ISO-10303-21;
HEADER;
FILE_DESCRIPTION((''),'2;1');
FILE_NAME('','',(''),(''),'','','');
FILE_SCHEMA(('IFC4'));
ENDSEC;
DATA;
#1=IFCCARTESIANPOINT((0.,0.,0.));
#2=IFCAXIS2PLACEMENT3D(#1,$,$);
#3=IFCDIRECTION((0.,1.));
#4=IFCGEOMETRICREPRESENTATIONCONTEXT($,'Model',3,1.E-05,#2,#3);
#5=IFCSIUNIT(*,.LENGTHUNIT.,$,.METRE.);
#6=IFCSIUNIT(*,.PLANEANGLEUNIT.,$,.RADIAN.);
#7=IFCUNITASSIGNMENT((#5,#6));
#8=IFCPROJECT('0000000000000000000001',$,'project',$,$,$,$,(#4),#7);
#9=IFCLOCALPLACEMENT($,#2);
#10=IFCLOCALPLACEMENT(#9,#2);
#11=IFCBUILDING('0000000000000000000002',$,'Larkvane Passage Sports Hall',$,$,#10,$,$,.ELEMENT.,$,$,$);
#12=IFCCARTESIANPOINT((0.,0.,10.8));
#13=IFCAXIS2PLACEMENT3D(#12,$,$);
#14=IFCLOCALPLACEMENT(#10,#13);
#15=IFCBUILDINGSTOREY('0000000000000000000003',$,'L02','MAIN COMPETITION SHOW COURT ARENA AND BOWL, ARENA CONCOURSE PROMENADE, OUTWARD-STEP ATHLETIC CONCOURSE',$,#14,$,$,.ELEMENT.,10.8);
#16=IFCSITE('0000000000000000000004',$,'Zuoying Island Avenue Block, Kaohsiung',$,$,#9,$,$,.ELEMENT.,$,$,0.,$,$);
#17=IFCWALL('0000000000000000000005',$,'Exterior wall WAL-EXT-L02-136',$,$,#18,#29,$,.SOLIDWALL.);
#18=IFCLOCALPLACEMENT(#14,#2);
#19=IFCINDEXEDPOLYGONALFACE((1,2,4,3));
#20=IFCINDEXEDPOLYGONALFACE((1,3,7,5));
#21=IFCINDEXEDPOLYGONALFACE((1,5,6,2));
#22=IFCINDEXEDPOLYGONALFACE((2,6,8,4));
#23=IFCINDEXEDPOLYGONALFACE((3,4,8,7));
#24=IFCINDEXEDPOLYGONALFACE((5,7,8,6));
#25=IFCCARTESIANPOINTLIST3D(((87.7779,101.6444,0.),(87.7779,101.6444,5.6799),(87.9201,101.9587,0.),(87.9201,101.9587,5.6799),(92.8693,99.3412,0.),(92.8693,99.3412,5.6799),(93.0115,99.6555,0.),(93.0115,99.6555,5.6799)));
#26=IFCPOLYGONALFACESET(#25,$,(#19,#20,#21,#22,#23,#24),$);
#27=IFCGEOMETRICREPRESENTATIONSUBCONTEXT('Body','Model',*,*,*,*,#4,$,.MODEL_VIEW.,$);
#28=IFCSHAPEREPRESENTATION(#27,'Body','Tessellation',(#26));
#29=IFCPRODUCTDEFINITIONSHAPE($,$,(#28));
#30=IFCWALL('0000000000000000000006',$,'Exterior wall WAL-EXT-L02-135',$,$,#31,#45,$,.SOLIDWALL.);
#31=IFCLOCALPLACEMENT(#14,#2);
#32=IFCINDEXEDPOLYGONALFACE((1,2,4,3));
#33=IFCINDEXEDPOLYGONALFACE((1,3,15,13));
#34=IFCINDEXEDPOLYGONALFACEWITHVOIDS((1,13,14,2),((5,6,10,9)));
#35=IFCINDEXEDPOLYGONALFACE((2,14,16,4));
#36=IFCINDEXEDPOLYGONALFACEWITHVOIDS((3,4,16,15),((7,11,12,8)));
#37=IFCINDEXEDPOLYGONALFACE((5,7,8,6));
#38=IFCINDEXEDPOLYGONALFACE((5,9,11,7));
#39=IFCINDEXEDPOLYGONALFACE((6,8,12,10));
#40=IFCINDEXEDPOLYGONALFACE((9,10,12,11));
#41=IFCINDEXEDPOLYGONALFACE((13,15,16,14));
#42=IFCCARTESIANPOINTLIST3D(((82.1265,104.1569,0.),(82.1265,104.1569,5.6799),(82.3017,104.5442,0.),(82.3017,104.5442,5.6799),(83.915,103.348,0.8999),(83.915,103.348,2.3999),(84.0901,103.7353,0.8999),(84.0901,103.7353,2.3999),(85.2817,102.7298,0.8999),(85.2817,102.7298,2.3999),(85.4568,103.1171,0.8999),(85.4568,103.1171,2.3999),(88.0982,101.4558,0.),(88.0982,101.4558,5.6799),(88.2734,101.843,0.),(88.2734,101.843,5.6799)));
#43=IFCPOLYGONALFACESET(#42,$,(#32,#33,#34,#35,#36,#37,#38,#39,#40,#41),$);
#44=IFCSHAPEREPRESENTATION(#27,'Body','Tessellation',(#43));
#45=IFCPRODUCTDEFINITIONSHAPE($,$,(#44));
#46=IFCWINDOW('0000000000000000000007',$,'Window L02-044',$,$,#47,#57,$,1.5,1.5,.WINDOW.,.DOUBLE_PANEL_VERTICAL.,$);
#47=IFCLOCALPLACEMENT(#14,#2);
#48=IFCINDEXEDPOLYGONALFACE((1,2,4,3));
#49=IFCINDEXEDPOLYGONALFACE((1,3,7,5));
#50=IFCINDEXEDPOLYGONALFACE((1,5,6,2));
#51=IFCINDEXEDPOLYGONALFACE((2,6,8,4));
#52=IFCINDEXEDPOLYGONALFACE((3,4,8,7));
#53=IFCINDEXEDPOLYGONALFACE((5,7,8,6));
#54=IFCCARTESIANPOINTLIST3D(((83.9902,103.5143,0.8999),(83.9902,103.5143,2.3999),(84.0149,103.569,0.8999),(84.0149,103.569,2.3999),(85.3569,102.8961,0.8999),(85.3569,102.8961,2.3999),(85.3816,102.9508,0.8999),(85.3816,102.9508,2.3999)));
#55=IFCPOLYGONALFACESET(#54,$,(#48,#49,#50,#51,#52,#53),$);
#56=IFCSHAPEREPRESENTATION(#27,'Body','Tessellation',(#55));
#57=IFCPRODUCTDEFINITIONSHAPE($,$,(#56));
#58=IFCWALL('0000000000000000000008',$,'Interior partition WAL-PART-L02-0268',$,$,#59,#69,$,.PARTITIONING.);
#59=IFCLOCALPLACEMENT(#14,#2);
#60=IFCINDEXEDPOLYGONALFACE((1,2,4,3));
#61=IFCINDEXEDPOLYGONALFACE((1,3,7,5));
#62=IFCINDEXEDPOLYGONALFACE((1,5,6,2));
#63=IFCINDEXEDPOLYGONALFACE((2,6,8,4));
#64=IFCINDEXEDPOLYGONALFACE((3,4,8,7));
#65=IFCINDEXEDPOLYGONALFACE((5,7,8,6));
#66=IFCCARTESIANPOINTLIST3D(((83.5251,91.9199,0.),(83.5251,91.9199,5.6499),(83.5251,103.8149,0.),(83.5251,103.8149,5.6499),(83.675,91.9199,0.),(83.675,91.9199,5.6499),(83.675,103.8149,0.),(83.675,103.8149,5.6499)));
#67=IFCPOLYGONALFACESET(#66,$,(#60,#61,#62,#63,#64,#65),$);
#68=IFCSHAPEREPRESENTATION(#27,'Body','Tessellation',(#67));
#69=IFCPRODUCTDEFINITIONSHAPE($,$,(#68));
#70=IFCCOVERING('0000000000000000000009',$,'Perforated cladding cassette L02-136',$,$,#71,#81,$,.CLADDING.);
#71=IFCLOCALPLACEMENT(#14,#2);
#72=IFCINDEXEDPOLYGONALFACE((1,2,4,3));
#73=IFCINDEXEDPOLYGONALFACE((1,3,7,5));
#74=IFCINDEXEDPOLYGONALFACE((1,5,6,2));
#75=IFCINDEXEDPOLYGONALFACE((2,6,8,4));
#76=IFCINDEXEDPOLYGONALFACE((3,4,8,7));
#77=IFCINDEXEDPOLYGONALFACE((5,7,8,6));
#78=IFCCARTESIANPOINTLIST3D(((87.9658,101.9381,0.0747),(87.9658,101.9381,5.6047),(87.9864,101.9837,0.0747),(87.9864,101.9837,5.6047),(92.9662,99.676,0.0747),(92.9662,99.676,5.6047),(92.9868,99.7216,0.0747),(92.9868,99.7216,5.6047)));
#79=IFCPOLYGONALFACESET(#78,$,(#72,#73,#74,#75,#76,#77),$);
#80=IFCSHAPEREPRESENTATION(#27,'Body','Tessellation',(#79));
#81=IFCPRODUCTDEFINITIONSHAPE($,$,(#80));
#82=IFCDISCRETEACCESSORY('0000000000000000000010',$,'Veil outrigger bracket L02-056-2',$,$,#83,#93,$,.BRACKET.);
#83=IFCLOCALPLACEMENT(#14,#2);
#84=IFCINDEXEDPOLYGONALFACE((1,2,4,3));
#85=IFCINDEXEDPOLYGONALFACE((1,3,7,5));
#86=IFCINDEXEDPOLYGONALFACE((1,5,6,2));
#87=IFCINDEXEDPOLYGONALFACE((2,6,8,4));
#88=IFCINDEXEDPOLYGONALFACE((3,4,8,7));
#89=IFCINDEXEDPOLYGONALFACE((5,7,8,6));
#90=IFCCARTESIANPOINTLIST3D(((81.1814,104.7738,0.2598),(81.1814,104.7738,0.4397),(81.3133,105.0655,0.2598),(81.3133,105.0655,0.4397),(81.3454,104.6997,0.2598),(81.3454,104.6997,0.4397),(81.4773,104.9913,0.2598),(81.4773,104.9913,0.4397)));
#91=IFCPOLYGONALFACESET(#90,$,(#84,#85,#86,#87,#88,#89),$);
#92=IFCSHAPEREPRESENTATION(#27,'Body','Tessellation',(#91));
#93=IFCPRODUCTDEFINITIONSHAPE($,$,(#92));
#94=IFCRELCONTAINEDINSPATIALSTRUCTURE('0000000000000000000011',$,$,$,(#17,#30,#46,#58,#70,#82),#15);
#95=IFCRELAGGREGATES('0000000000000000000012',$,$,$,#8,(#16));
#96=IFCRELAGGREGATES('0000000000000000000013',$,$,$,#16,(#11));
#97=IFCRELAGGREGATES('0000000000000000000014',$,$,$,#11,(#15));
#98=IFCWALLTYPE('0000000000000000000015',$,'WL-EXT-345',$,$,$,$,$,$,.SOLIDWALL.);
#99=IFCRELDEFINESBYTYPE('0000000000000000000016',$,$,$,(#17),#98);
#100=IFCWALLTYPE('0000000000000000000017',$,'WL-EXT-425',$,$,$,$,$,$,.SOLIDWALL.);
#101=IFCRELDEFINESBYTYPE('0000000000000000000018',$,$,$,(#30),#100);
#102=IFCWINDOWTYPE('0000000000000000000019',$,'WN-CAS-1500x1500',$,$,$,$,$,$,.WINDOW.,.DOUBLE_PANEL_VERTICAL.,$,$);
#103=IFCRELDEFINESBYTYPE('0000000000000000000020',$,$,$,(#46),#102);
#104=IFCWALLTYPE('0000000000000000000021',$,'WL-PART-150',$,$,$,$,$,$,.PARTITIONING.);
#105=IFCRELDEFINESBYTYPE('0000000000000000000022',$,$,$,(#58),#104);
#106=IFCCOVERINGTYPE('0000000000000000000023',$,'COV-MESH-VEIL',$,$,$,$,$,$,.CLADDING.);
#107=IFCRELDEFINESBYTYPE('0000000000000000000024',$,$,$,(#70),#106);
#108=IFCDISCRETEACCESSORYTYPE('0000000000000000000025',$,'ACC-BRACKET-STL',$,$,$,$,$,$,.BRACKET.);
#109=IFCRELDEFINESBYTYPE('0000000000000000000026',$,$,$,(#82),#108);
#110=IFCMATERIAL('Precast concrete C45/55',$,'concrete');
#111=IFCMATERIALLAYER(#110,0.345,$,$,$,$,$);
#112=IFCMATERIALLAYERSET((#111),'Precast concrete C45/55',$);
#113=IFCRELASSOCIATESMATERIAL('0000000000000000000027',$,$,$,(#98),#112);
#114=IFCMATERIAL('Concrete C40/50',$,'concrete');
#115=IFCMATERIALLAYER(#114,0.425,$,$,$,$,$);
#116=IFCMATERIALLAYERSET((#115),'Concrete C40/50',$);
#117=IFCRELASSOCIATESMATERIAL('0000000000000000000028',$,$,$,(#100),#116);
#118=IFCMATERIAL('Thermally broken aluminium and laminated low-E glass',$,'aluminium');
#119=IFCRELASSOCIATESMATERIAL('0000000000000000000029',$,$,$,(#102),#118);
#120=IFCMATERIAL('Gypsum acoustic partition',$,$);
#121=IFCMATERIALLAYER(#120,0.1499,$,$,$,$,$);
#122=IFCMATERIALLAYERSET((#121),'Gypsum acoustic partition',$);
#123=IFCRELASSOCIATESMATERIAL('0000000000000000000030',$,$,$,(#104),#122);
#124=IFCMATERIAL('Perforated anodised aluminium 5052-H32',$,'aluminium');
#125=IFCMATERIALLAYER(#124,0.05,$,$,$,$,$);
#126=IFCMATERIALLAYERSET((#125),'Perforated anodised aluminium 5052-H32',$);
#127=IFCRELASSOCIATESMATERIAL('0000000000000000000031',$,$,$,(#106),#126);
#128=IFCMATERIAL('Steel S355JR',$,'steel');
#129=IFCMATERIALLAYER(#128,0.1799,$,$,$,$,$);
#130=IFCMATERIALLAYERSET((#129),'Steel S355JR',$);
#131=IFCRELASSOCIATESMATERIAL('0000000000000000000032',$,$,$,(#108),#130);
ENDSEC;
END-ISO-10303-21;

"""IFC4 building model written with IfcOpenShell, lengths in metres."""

from ifc_helpers import new_model, si_unit, direction, frame, frame_2d, origin, origin_2d, place, context, subcontext, project, spatial, rectangle, extrude, material, layer, layer_set, type_object, element, fill, save


model = new_model("IFC4")

# Units and contexts
model_context = context("Model", 3, precision=1e-05, world=origin(), true_north=direction((0.0, 1.0)))
body_context = subcontext(model_context, "Body", "Model", "MODEL_VIEW")
ifc_project = project(units=[si_unit("LENGTHUNIT", "METRE"), si_unit("PLANEANGLEUNIT", "RADIAN")], contexts=[model_context])

# Site, building, storey
site_placement = place(None, origin())
site = spatial("IfcSite", under=ifc_project, at=site_placement, Name="Zuoying Island Avenue Block, Kaohsiung", CompositionType="ELEMENT", RefElevation=0.0)
building_placement = place(site_placement, origin())
building = spatial("IfcBuilding", under=site, at=building_placement, Name="Larkvane Passage Sports Hall", CompositionType="ELEMENT")
storey_placement = place(building_placement, frame((0.0, 0.0, 10.8)))
storey = spatial("IfcBuildingStorey", under=building, at=storey_placement, Name="L02", Description="MAIN COMPETITION SHOW COURT ARENA AND BOWL, ARENA CONCOURSE PROMENADE, OUTWARD-STEP ATHLETIC CONCOURSE", CompositionType="ELEMENT", Elevation=10.8)

# Shared definitions
ifc_material_1 = material(Name="Steel S355JR", Category="steel")

# Wall
ifc_material_2 = material(Name="Precast concrete C45/55", Category="concrete")
ifc_layer_1 = layer(ifc_material_2, 0.345)
ifc_layer_set_1 = layer_set([ifc_layer_1], Name="Precast concrete C45/55")
wall_type_1 = type_object("IfcWallType", Name="WL-EXT-345", PredefinedType="SOLIDWALL", material=ifc_layer_set_1)
wall_1_placement = place(storey_placement, frame((87.8491, 101.8015, 0.0), z_axis=(0.0, 0.0, 1.0), x_axis=(0.911107, -0.41217, 0.0)))
element("IfcWall", 1, at=wall_1_placement, inside=storey, type_object=wall_type_1, Name="Exterior wall WAL-EXT-L02-136", PredefinedType="SOLIDWALL", context=body_context, shape_type="SweptSolid", body=[
    extrude(rectangle(XDim=5.5881, YDim=0.345, at=frame_2d((2.7939, 0.0))), origin(), (0.0, 0.0, 1.0), 5.6799),
])

# Wall, opening, window
ifc_material_3 = material(Name="Concrete C40/50", Category="concrete")
ifc_layer_2 = layer(ifc_material_3, 0.425)
ifc_layer_set_2 = layer_set([ifc_layer_2], Name="Concrete C40/50")
wall_type_2 = type_object("IfcWallType", Name="WL-EXT-425", PredefinedType="SOLIDWALL", material=ifc_layer_set_2)
wall_2_placement = place(storey_placement, frame((82.2141, 104.3506, 0.0), z_axis=(0.0, 0.0, 1.0), x_axis=(0.911125, -0.41213, 0.0)))
wall_2 = element("IfcWall", 2, at=wall_2_placement, inside=storey, type_object=wall_type_2, Name="Exterior wall WAL-EXT-L02-135", PredefinedType="SOLIDWALL", context=body_context, shape_type="SweptSolid", body=[
    extrude(rectangle(XDim=6.5542, YDim=0.425, at=frame_2d((3.2771, 0.0))), origin(), (0.0, 0.0, 1.0), 5.6799),
])
opening_placement = place(wall_2_placement, frame((1.9629, 0.0, 0.8999)))
opening = element("IfcOpeningElement", 3, at=opening_placement, cuts=wall_2, PredefinedType="OPENING", context=body_context, shape_type="SweptSolid", body=[
    extrude(rectangle(XDim=1.5, YDim=1.5, at=frame_2d((0.75, 0.75))), frame((0.0, 0.2224, 0.0), z_axis=(0.0, -1.0, 0.0), x_axis=(1.0, 0.0, 0.0)), (0.0, 0.0, 1.0), 0.4451),
])
ifc_material_4 = material(Name="Thermally broken aluminium and laminated low-E glass", Category="aluminium")
window_type = type_object("IfcWindowType", Name="WN-CAS-1500x1500", PartitioningType="DOUBLE_PANEL_VERTICAL", PredefinedType="WINDOW", material=ifc_material_4)
window_placement = place(opening_placement, origin())
window = element("IfcWindow", 4, at=window_placement, inside=storey, type_object=window_type, Name="Window L02-044", OverallHeight=1.5, OverallWidth=1.5, PartitioningType="DOUBLE_PANEL_VERTICAL", PredefinedType="WINDOW", context=body_context, shape_type="SweptSolid", body=[
    extrude(rectangle(XDim=1.5, YDim=1.5, at=frame_2d((0.75, 0.75))), frame((0.0, 0.03, 0.0), z_axis=(0.0, -1.0, 0.0), x_axis=(1.0, 0.0, 0.0)), (0.0, 0.0, 1.0), 0.0601),
])
fill(opening, window)

# Wall
ifc_material_5 = material(Name="Gypsum acoustic partition")
ifc_layer_3 = layer(ifc_material_5, 0.1499)
ifc_layer_set_3 = layer_set([ifc_layer_3], Name="Gypsum acoustic partition")
wall_type_3 = type_object("IfcWallType", Name="WL-PART-150", PredefinedType="PARTITIONING", material=ifc_layer_set_3)
wall_3_placement = place(storey_placement, frame((83.6001, 103.8149, 0.0), z_axis=(0.0, 0.0, 1.0), x_axis=(0.0, -1.0, 0.0)))
element("IfcWall", 5, at=wall_3_placement, inside=storey, type_object=wall_type_3, Name="Interior partition WAL-PART-L02-0268", PredefinedType="PARTITIONING", context=body_context, shape_type="SweptSolid", body=[
    extrude(rectangle(XDim=11.895, YDim=0.1499, at=frame_2d((5.9475, 0.0))), origin(), (0.0, 0.0, 1.0), 5.6499),
])

# Covering
ifc_material_6 = material(Name="Perforated anodised aluminium 5052-H32", Category="aluminium")
ifc_layer_4 = layer(ifc_material_6, 0.05)
ifc_layer_set_4 = layer_set([ifc_layer_4], Name="Perforated anodised aluminium 5052-H32")
covering_type = type_object("IfcCoveringType", Name="COV-MESH-VEIL", PredefinedType="CLADDING", material=ifc_layer_set_4)
covering_placement = place(storey_placement, frame((90.4763, 100.8298, 0.0747), z_axis=(0.0, 0.0, 1.0), x_axis=(0.911108, -0.412168, 0.0)))
element("IfcCovering", 6, at=covering_placement, inside=storey, type_object=covering_type, Name="Perforated cladding cassette L02-136", PredefinedType="CLADDING", context=body_context, shape_type="SweptSolid", body=[
    extrude(rectangle(XDim=5.4883, YDim=0.05, at=origin_2d()), origin(), (0.0, 0.0, 1.0), 5.53),
])

# Discrete accessory
ifc_layer_5 = layer(ifc_material_1, 0.1799)
ifc_layer_set_5 = layer_set([ifc_layer_5], Name="Steel S355JR")
discrete_accessory_type = type_object("IfcDiscreteAccessoryType", Name="ACC-BRACKET-STL", PredefinedType="BRACKET", material=ifc_layer_set_5)
discrete_accessory_placement = place(storey_placement, frame((81.3293, 104.8826, 0.2598), z_axis=(0.0, 0.0, 1.0), x_axis=(0.911108, -0.412168, 0.0)))
element("IfcDiscreteAccessory", 7, at=discrete_accessory_placement, inside=storey, type_object=discrete_accessory_type, Name="Veil outrigger bracket L02-056-2", PredefinedType="BRACKET", context=body_context, shape_type="SweptSolid", body=[
    extrude(rectangle(XDim=0.1799, YDim=0.3201, at=origin_2d()), origin(), (0.0, 0.0, 1.0), 0.1799),
])

save(model, "model.ifc")
